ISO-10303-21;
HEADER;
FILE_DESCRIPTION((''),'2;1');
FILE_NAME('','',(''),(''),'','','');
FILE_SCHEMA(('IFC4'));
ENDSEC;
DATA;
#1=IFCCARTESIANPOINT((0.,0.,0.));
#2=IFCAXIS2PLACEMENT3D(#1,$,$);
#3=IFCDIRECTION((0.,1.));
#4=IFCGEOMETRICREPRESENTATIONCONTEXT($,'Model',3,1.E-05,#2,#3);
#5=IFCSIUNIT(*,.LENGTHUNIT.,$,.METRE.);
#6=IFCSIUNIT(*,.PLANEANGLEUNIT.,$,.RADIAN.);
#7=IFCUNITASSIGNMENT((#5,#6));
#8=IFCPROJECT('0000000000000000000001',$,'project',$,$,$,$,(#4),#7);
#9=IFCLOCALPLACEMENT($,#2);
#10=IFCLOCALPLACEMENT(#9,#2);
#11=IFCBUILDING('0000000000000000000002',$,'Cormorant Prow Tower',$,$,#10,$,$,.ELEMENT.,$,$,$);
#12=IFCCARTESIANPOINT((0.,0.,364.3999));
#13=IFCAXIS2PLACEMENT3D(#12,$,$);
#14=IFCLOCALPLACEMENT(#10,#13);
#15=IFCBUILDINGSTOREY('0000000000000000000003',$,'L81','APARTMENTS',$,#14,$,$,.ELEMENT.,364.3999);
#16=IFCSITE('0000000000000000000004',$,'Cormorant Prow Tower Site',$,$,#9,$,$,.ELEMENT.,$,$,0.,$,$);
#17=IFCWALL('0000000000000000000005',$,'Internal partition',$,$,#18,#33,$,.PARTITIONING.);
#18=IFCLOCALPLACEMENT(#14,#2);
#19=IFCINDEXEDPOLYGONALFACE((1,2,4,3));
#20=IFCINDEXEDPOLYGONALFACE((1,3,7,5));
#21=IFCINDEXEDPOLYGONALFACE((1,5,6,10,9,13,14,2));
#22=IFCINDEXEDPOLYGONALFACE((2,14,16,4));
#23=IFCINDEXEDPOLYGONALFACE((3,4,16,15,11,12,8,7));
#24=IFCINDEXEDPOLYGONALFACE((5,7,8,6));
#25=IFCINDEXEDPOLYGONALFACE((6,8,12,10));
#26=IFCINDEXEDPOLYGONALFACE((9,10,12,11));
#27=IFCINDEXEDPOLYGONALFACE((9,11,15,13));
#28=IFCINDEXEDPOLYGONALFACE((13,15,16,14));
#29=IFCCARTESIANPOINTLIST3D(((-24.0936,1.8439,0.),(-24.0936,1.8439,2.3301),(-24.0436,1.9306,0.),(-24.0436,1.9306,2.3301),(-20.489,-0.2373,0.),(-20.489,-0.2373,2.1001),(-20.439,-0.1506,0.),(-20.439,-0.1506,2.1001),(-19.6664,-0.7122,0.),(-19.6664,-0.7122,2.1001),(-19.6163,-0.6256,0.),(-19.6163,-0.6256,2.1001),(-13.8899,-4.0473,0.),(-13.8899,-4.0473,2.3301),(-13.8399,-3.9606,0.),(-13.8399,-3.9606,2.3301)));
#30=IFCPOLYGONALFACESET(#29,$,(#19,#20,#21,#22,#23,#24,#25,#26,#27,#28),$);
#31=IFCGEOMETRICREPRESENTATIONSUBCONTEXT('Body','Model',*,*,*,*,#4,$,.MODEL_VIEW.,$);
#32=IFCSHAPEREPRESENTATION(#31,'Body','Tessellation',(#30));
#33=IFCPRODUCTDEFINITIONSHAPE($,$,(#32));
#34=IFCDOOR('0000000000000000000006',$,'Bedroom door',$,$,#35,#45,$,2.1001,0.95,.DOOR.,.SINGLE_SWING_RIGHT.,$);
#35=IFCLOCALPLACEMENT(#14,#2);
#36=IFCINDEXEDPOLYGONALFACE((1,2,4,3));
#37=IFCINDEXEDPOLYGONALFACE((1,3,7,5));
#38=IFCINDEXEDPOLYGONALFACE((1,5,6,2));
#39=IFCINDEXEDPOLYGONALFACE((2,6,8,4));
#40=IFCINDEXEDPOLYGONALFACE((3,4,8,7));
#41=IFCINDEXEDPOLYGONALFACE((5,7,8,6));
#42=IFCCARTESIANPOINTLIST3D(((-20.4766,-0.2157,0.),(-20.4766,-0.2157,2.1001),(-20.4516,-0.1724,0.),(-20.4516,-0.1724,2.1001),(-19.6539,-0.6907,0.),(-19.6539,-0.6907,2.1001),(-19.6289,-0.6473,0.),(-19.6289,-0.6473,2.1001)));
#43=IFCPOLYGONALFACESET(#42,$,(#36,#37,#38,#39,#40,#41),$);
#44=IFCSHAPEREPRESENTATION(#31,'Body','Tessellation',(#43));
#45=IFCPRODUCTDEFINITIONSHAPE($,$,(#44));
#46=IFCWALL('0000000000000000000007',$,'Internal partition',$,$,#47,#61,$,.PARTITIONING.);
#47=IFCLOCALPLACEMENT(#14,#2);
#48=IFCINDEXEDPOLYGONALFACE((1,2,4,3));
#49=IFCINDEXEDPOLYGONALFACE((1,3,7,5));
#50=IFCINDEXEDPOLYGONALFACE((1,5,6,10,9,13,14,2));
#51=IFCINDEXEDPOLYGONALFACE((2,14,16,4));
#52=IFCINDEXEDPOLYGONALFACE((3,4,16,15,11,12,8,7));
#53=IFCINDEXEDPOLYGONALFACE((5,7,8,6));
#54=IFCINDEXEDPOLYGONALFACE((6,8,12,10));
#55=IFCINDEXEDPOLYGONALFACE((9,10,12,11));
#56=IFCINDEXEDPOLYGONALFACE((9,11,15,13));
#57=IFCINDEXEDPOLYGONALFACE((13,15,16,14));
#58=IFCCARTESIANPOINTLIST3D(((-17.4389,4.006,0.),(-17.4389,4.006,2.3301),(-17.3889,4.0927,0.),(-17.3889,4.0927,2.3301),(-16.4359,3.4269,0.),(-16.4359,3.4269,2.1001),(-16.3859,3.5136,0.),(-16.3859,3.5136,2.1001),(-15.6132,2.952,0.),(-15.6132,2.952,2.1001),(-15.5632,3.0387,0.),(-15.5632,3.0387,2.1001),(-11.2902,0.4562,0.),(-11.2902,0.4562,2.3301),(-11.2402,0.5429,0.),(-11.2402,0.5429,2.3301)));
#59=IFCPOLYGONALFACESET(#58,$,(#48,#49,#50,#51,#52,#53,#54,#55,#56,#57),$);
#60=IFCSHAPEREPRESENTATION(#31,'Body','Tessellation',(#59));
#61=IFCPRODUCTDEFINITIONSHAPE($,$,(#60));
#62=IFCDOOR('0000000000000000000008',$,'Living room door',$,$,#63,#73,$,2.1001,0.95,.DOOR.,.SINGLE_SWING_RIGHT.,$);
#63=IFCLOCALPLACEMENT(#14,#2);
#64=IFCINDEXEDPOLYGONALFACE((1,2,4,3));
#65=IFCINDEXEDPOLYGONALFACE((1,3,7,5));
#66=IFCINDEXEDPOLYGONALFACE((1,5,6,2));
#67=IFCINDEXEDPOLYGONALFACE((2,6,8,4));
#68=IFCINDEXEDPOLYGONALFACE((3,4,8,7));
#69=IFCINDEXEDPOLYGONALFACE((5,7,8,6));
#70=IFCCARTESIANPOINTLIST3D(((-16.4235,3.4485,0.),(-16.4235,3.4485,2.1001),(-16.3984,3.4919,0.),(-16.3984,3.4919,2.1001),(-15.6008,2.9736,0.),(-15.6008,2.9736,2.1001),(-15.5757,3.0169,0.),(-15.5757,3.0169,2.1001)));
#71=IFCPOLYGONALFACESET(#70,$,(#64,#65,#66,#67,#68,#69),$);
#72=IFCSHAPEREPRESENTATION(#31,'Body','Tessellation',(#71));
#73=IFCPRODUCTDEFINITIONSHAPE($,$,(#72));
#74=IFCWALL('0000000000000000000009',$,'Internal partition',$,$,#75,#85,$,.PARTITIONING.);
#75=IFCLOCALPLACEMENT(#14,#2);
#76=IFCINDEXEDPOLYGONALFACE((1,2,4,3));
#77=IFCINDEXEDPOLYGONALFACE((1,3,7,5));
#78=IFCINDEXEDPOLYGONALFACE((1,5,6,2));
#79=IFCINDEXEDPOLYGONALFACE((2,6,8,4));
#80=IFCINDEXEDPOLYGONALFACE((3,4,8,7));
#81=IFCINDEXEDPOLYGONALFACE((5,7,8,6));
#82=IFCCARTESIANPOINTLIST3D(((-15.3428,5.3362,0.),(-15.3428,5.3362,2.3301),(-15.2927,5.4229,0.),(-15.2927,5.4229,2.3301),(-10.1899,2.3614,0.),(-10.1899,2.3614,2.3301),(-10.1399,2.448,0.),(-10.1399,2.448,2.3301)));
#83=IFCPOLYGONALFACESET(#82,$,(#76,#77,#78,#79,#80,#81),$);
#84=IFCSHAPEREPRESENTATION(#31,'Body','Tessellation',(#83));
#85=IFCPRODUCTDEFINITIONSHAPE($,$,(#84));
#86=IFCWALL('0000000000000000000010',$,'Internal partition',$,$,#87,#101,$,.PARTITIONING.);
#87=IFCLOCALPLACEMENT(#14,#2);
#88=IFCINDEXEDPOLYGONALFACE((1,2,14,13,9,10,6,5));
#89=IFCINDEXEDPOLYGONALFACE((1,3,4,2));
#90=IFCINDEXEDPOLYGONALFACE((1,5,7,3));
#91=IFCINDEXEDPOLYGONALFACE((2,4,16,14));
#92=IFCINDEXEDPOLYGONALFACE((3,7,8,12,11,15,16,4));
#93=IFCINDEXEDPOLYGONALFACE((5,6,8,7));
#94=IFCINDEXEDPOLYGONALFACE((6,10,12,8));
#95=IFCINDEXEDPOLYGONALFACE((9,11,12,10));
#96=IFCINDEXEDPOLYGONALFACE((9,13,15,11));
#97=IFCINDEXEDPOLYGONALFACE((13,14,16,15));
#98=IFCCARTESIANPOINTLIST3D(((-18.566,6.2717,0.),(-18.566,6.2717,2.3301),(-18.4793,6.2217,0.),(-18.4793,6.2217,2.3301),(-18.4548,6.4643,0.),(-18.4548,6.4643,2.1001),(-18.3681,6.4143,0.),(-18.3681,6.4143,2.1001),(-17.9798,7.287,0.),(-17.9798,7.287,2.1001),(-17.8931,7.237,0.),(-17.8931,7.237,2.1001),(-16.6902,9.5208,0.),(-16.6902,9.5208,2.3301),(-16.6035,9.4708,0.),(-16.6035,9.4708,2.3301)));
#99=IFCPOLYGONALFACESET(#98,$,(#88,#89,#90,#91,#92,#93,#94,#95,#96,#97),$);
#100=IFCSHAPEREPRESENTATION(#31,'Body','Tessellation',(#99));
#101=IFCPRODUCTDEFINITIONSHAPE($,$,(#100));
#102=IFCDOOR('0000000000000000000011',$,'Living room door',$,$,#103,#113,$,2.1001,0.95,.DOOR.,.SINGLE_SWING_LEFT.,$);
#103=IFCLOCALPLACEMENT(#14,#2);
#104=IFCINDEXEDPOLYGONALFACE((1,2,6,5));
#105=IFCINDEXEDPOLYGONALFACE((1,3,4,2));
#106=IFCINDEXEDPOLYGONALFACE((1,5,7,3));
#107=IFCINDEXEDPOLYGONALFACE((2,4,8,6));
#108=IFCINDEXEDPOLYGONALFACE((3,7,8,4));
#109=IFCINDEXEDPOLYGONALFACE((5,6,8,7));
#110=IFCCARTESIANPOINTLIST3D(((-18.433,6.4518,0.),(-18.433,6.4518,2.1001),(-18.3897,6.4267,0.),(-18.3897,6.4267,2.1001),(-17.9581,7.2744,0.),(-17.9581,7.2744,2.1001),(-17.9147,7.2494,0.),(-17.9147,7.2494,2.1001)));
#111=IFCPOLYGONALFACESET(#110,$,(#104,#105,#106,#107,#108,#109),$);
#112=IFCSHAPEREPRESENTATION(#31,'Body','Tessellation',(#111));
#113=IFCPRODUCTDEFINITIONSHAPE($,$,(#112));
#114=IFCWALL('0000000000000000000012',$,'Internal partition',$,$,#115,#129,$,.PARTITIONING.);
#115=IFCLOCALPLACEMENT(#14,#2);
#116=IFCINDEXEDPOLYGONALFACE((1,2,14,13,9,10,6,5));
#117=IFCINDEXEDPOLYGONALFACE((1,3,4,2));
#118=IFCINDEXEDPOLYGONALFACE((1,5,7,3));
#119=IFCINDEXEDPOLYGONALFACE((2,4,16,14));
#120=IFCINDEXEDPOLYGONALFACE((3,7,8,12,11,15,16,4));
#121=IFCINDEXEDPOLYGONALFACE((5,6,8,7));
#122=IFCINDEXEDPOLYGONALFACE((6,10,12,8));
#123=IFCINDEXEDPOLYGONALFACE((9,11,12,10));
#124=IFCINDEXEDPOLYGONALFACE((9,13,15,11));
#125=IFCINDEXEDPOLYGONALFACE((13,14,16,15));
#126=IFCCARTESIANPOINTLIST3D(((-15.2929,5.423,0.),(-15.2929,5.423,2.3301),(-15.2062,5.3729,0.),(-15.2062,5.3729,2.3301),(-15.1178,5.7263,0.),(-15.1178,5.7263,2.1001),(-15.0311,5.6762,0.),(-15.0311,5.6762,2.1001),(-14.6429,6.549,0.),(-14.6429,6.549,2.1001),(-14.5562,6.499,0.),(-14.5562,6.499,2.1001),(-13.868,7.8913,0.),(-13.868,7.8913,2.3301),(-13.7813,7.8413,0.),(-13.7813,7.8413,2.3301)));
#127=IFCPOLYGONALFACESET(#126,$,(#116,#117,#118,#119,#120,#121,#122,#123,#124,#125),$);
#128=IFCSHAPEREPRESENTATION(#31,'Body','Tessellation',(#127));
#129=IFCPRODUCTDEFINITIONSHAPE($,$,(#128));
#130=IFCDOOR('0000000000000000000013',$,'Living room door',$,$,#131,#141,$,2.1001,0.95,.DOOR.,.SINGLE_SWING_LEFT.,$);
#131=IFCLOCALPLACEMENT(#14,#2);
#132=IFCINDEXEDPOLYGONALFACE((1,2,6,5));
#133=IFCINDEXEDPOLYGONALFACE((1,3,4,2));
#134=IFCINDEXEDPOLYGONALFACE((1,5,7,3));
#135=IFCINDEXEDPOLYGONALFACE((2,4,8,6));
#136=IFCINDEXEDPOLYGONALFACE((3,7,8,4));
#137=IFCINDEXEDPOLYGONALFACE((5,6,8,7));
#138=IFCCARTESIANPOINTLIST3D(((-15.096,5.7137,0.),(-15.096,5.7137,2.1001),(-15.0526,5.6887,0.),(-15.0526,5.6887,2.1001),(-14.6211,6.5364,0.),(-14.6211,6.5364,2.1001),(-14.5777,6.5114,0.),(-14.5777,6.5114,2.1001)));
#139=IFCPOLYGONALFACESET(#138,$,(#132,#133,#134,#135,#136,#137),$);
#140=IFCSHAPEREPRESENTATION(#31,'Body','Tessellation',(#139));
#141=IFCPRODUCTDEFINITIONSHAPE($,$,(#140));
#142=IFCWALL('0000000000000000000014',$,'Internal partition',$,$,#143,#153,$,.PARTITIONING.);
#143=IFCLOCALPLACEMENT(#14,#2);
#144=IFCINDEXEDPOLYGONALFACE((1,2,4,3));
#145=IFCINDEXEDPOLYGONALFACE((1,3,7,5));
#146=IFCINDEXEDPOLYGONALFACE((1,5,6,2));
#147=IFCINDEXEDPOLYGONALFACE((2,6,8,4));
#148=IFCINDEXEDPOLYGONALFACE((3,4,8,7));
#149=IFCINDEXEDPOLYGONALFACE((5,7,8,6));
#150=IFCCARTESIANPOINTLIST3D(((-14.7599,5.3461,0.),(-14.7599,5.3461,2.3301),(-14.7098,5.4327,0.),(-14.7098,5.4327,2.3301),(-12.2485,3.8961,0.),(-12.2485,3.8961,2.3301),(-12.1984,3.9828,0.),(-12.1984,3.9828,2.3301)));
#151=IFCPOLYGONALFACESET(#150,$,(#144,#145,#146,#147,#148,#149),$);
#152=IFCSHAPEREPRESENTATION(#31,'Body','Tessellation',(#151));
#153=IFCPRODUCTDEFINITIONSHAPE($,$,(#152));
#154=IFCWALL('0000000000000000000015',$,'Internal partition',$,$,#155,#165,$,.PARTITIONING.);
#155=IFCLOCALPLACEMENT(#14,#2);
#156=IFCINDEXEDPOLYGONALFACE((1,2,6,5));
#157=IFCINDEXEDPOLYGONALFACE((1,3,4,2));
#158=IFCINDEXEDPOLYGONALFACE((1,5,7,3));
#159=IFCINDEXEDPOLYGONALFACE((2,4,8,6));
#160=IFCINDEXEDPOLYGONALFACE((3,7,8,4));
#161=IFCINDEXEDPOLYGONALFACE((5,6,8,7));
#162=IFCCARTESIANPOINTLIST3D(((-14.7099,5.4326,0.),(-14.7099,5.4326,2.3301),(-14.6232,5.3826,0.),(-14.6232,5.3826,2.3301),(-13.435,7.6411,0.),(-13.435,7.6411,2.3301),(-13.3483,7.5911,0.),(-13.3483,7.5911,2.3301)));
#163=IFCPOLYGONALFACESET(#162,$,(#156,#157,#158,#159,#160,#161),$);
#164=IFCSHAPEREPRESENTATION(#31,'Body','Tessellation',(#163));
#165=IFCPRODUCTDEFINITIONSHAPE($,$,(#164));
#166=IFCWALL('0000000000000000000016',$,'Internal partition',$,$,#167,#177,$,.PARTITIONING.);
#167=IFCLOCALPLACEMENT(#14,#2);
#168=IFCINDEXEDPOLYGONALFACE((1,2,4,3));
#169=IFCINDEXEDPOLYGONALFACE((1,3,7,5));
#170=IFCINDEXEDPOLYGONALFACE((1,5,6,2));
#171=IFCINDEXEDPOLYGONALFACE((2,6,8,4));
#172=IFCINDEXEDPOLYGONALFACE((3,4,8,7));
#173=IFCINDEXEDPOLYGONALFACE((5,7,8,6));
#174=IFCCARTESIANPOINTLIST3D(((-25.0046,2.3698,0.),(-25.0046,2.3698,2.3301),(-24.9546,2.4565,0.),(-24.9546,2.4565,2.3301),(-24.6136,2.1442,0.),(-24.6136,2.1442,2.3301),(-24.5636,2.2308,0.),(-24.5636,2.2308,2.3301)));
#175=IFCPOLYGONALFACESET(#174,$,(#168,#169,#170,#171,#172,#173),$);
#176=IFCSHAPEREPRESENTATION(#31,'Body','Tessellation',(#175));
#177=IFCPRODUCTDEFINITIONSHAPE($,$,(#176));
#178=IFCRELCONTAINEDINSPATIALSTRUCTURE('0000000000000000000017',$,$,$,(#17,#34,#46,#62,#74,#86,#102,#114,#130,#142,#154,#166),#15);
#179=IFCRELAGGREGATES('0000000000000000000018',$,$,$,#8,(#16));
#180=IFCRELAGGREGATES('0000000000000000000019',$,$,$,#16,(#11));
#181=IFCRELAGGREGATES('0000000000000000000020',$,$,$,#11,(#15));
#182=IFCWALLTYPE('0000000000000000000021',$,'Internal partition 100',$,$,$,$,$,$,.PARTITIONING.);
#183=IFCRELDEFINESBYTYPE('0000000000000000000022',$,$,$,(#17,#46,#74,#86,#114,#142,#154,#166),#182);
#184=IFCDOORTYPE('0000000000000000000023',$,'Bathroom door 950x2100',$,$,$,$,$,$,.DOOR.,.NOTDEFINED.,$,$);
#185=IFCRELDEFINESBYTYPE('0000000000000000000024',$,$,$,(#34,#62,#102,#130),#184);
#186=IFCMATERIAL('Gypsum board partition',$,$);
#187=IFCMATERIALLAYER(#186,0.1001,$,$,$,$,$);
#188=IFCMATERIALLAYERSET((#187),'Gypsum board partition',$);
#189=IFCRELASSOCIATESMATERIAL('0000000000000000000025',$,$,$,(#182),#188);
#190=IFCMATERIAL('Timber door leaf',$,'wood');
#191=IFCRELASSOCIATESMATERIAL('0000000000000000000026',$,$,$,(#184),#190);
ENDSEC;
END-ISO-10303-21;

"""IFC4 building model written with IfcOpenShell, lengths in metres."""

from ifc_helpers import new_model, si_unit, direction, frame, frame_2d, origin, place, context, subcontext, project, spatial, rectangle, extrude, material, layer, layer_set, type_object, element, fill, save


model = new_model("IFC4")

# Units and contexts
model_context = context("Model", 3, precision=1e-05, world=origin(), true_north=direction((0.0, 1.0)))
body_context = subcontext(model_context, "Body", "Model", "MODEL_VIEW")
ifc_project = project(units=[si_unit("LENGTHUNIT", "METRE"), si_unit("PLANEANGLEUNIT", "RADIAN")], contexts=[model_context])

# Site, building, storey
site_placement = place(None, origin())
site = spatial("IfcSite", under=ifc_project, at=site_placement, Name="Cormorant Prow Tower Site", CompositionType="ELEMENT", RefElevation=0.0)
building_placement = place(site_placement, origin())
building = spatial("IfcBuilding", under=site, at=building_placement, Name="Cormorant Prow Tower", CompositionType="ELEMENT")
storey_placement = place(building_placement, frame((0.0, 0.0, 364.3999)))
storey = spatial("IfcBuildingStorey", under=building, at=storey_placement, Name="L81", Description="APARTMENTS", CompositionType="ELEMENT", Elevation=364.3999)

# Walls, openings, doors
ifc_material_1 = material(Name="Gypsum board partition")
ifc_layer_1 = layer(ifc_material_1, 0.1001)
ifc_layer_set_1 = layer_set([ifc_layer_1], Name="Gypsum board partition")
wall_type_1 = type_object("IfcWallType", Name="Internal partition 100", PredefinedType="PARTITIONING", material=ifc_layer_set_1)
wall_1_placement = place(storey_placement, frame((-24.0686, 1.8872, 0.0), z_axis=(0.0, 0.0, 1.0), x_axis=(0.866023, -0.500003, 0.0)))
wall_1 = element("IfcWall", 1, at=wall_1_placement, inside=storey, type_object=wall_type_1, Name="Internal partition", PredefinedType="PARTITIONING", context=body_context, shape_type="SweptSolid", body=[
    extrude(rectangle(XDim=11.7822, YDim=0.1001, at=frame_2d((5.8911, 0.0))), origin(), (0.0, 0.0, 1.0), 2.3301),
])
opening_1_placement = place(wall_1_placement, frame((4.1621, 0.0, 0.0)))
opening_1 = element("IfcOpeningElement", 2, at=opening_1_placement, cuts=wall_1, PredefinedType="OPENING", context=body_context, shape_type="SweptSolid", body=[
    extrude(rectangle(XDim=0.95, YDim=2.1001, at=frame_2d((0.4751, 1.05))), frame((0.0, 0.0601, 0.0), z_axis=(0.0, -1.0, 0.0), x_axis=(1.0, 0.0, 0.0)), (0.0, 0.0, 1.0), 0.1201),
])
ifc_material_2 = material(Name="Timber door leaf", Category="wood")
door_type_1 = type_object("IfcDoorType", Name="Bathroom door 950x2100", OperationType="NOTDEFINED", PredefinedType="DOOR", material=ifc_material_2)
door_1_placement = place(opening_1_placement, origin())
door_1 = element("IfcDoor", 3, at=door_1_placement, inside=storey, type_object=door_type_1, Name="Bedroom door", OperationType="SINGLE_SWING_RIGHT", OverallHeight=2.1001, OverallWidth=0.95, PredefinedType="DOOR", context=body_context, shape_type="SweptSolid", body=[
    extrude(rectangle(XDim=0.95, YDim=2.1001, at=frame_2d((0.4751, 1.05))), frame((0.0, 0.0249, 0.0), z_axis=(0.0, -1.0, 0.0), x_axis=(1.0, 0.0, 0.0)), (0.0, 0.0, 1.0), 0.05),
])
fill(opening_1, door_1)
wall_2_placement = place(storey_placement, frame((-17.4138, 4.0493, 0.0), z_axis=(0.0, 0.0, 1.0), x_axis=(0.866034, -0.499985, 0.0)))
wall_2 = element("IfcWall", 4, at=wall_2_placement, inside=storey, type_object=wall_type_1, Name="Internal partition", PredefinedType="PARTITIONING", context=body_context, shape_type="SweptSolid", body=[
    extrude(rectangle(XDim=7.0999, YDim=0.1001, at=frame_2d((3.5498, 0.0))), origin(), (0.0, 0.0, 1.0), 2.3301),
])
opening_2_placement = place(wall_2_placement, frame((1.158, 0.0, 0.0)))
opening_2 = element("IfcOpeningElement", 5, at=opening_2_placement, cuts=wall_2, PredefinedType="OPENING", context=body_context, shape_type="SweptSolid", body=[
    extrude(rectangle(XDim=0.95, YDim=2.1001, at=frame_2d((0.4751, 1.05))), frame((0.0, 0.0601, 0.0), z_axis=(0.0, -1.0, 0.0), x_axis=(1.0, 0.0, 0.0)), (0.0, 0.0, 1.0), 0.1201),
])
door_2_placement = place(opening_2_placement, origin())
door_2 = element("IfcDoor", 6, at=door_2_placement, inside=storey, type_object=door_type_1, Name="Living room door", OperationType="SINGLE_SWING_RIGHT", OverallHeight=2.1001, OverallWidth=0.95, PredefinedType="DOOR", context=body_context, shape_type="SweptSolid", body=[
    extrude(rectangle(XDim=0.95, YDim=2.1001, at=frame_2d((0.4751, 1.05))), frame((0.0, 0.0249, 0.0), z_axis=(0.0, -1.0, 0.0), x_axis=(1.0, 0.0, 0.0)), (0.0, 0.0, 1.0), 0.05),
])
fill(opening_2, door_2)

# Wall
wall_3_placement = place(storey_placement, frame((-15.3179, 5.3796, 0.0), z_axis=(0.0, 0.0, 1.0), x_axis=(0.866035, -0.499983, 0.0)))
element("IfcWall", 7, at=wall_3_placement, inside=storey, type_object=wall_type_1, Name="Internal partition", PredefinedType="PARTITIONING", context=body_context, shape_type="SweptSolid", body=[
    extrude(rectangle(XDim=5.95, YDim=0.1001, at=frame_2d((2.9751, 0.0))), origin(), (0.0, 0.0, 1.0), 2.3301),
])

# Walls, openings, doors
wall_4_placement = place(storey_placement, frame((-18.5227, 6.2466, 0.0), z_axis=(0.0, 0.0, 1.0), x_axis=(0.499982, 0.866036, 0.0)))
wall_4 = element("IfcWall", 8, at=wall_4_placement, inside=storey, type_object=wall_type_1, Name="Internal partition", PredefinedType="PARTITIONING", context=body_context, shape_type="SweptSolid", body=[
    extrude(rectangle(XDim=3.7517, YDim=0.1001, at=frame_2d((1.876, 0.0))), origin(), (0.0, 0.0, 1.0), 2.3301),
])
opening_3_placement = place(wall_4_placement, frame((0.2224, 0.0, 0.0)))
opening_3 = element("IfcOpeningElement", 9, at=opening_3_placement, cuts=wall_4, PredefinedType="OPENING", context=body_context, shape_type="SweptSolid", body=[
    extrude(rectangle(XDim=0.95, YDim=2.1001, at=frame_2d((0.4751, 1.05))), frame((0.0, 0.0601, 0.0), z_axis=(0.0, -1.0, 0.0), x_axis=(1.0, 0.0, 0.0)), (0.0, 0.0, 1.0), 0.1201),
])
door_3_placement = place(opening_3_placement, origin())
door_3 = element("IfcDoor", 10, at=door_3_placement, inside=storey, type_object=door_type_1, Name="Living room door", OperationType="SINGLE_SWING_LEFT", OverallHeight=2.1001, OverallWidth=0.95, PredefinedType="DOOR", context=body_context, shape_type="SweptSolid", body=[
    extrude(rectangle(XDim=0.95, YDim=2.1001, at=frame_2d((0.4751, 1.05))), frame((0.0, 0.0249, 0.0), z_axis=(0.0, -1.0, 0.0), x_axis=(1.0, 0.0, 0.0)), (0.0, 0.0, 1.0), 0.05),
])
fill(opening_3, door_3)
wall_5_placement = place(storey_placement, frame((-15.2495, 5.3979, 0.0), z_axis=(0.0, 0.0, 1.0), x_axis=(0.499935, 0.866063, 0.0)))
wall_5 = element("IfcWall", 11, at=wall_5_placement, inside=storey, type_object=wall_type_1, Name="Internal partition", PredefinedType="PARTITIONING", context=body_context, shape_type="SweptSolid", body=[
    extrude(rectangle(XDim=2.8501, YDim=0.1001, at=frame_2d((1.425, 0.0))), origin(), (0.0, 0.0, 1.0), 2.3301),
])
opening_4_placement = place(wall_5_placement, frame((0.3501, 0.0, 0.0)))
opening_4 = element("IfcOpeningElement", 12, at=opening_4_placement, cuts=wall_5, PredefinedType="OPENING", context=body_context, shape_type="SweptSolid", body=[
    extrude(rectangle(XDim=0.95, YDim=2.1001, at=frame_2d((0.4751, 1.05))), frame((0.0, 0.0601, 0.0), z_axis=(0.0, -1.0, 0.0), x_axis=(1.0, 0.0, 0.0)), (0.0, 0.0, 1.0), 0.1201),
])
door_4_placement = place(opening_4_placement, origin())
door_4 = element("IfcDoor", 13, at=door_4_placement, inside=storey, type_object=door_type_1, Name="Living room door", OperationType="SINGLE_SWING_LEFT", OverallHeight=2.1001, OverallWidth=0.95, PredefinedType="DOOR", context=body_context, shape_type="SweptSolid", body=[
    extrude(rectangle(XDim=0.95, YDim=2.1001, at=frame_2d((0.4751, 1.05))), frame((0.0, 0.0249, 0.0), z_axis=(0.0, -1.0, 0.0), x_axis=(1.0, 0.0, 0.0)), (0.0, 0.0, 1.0), 0.05),
])
fill(opening_4, door_4)

# Walls
wall_6_placement = place(storey_placement, frame((-14.7349, 5.3894, 0.0), z_axis=(0.0, 0.0, 1.0), x_axis=(0.866033, -0.499987, 0.0)))
element("IfcWall", 14, at=wall_6_placement, inside=storey, type_object=wall_type_1, Name="Internal partition", PredefinedType="PARTITIONING", context=body_context, shape_type="SweptSolid", body=[
    extrude(rectangle(XDim=2.8999, YDim=0.1001, at=frame_2d((1.45, 0.0))), origin(), (0.0, 0.0, 1.0), 2.3301),
])
wall_7_placement = place(storey_placement, frame((-14.6665, 5.4077, 0.0), z_axis=(0.0, 0.0, 1.0), x_axis=(0.499949, 0.866055, 0.0)))
element("IfcWall", 15, at=wall_7_placement, inside=storey, type_object=wall_type_1, Name="Internal partition", PredefinedType="PARTITIONING", context=body_context, shape_type="SweptSolid", body=[
    extrude(rectangle(XDim=2.55, YDim=0.1001, at=frame_2d((1.2749, 0.0))), origin(), (0.0, 0.0, 1.0), 2.3301),
])
for number, where, z_axis, x_axis, name in (
    (16, (-24.9795, 2.4131, 0.0), (0.0, 0.0, 1.0), (0.866105, -0.499863, 0.0), "Internal partition"),
):
    element("IfcWall", number, at=place(storey_placement, frame(where, z_axis=z_axis, x_axis=x_axis)), inside=storey, type_object=wall_type_1, Name=name, PredefinedType="PARTITIONING", context=body_context, shape_type="SweptSolid", body=[
        extrude(rectangle(XDim=0.4514, YDim=0.1001, at=frame_2d((0.2256, 0.0))), origin(), (0.0, 0.0, 1.0), 2.3301),
    ])

save(model, "model.ifc")
